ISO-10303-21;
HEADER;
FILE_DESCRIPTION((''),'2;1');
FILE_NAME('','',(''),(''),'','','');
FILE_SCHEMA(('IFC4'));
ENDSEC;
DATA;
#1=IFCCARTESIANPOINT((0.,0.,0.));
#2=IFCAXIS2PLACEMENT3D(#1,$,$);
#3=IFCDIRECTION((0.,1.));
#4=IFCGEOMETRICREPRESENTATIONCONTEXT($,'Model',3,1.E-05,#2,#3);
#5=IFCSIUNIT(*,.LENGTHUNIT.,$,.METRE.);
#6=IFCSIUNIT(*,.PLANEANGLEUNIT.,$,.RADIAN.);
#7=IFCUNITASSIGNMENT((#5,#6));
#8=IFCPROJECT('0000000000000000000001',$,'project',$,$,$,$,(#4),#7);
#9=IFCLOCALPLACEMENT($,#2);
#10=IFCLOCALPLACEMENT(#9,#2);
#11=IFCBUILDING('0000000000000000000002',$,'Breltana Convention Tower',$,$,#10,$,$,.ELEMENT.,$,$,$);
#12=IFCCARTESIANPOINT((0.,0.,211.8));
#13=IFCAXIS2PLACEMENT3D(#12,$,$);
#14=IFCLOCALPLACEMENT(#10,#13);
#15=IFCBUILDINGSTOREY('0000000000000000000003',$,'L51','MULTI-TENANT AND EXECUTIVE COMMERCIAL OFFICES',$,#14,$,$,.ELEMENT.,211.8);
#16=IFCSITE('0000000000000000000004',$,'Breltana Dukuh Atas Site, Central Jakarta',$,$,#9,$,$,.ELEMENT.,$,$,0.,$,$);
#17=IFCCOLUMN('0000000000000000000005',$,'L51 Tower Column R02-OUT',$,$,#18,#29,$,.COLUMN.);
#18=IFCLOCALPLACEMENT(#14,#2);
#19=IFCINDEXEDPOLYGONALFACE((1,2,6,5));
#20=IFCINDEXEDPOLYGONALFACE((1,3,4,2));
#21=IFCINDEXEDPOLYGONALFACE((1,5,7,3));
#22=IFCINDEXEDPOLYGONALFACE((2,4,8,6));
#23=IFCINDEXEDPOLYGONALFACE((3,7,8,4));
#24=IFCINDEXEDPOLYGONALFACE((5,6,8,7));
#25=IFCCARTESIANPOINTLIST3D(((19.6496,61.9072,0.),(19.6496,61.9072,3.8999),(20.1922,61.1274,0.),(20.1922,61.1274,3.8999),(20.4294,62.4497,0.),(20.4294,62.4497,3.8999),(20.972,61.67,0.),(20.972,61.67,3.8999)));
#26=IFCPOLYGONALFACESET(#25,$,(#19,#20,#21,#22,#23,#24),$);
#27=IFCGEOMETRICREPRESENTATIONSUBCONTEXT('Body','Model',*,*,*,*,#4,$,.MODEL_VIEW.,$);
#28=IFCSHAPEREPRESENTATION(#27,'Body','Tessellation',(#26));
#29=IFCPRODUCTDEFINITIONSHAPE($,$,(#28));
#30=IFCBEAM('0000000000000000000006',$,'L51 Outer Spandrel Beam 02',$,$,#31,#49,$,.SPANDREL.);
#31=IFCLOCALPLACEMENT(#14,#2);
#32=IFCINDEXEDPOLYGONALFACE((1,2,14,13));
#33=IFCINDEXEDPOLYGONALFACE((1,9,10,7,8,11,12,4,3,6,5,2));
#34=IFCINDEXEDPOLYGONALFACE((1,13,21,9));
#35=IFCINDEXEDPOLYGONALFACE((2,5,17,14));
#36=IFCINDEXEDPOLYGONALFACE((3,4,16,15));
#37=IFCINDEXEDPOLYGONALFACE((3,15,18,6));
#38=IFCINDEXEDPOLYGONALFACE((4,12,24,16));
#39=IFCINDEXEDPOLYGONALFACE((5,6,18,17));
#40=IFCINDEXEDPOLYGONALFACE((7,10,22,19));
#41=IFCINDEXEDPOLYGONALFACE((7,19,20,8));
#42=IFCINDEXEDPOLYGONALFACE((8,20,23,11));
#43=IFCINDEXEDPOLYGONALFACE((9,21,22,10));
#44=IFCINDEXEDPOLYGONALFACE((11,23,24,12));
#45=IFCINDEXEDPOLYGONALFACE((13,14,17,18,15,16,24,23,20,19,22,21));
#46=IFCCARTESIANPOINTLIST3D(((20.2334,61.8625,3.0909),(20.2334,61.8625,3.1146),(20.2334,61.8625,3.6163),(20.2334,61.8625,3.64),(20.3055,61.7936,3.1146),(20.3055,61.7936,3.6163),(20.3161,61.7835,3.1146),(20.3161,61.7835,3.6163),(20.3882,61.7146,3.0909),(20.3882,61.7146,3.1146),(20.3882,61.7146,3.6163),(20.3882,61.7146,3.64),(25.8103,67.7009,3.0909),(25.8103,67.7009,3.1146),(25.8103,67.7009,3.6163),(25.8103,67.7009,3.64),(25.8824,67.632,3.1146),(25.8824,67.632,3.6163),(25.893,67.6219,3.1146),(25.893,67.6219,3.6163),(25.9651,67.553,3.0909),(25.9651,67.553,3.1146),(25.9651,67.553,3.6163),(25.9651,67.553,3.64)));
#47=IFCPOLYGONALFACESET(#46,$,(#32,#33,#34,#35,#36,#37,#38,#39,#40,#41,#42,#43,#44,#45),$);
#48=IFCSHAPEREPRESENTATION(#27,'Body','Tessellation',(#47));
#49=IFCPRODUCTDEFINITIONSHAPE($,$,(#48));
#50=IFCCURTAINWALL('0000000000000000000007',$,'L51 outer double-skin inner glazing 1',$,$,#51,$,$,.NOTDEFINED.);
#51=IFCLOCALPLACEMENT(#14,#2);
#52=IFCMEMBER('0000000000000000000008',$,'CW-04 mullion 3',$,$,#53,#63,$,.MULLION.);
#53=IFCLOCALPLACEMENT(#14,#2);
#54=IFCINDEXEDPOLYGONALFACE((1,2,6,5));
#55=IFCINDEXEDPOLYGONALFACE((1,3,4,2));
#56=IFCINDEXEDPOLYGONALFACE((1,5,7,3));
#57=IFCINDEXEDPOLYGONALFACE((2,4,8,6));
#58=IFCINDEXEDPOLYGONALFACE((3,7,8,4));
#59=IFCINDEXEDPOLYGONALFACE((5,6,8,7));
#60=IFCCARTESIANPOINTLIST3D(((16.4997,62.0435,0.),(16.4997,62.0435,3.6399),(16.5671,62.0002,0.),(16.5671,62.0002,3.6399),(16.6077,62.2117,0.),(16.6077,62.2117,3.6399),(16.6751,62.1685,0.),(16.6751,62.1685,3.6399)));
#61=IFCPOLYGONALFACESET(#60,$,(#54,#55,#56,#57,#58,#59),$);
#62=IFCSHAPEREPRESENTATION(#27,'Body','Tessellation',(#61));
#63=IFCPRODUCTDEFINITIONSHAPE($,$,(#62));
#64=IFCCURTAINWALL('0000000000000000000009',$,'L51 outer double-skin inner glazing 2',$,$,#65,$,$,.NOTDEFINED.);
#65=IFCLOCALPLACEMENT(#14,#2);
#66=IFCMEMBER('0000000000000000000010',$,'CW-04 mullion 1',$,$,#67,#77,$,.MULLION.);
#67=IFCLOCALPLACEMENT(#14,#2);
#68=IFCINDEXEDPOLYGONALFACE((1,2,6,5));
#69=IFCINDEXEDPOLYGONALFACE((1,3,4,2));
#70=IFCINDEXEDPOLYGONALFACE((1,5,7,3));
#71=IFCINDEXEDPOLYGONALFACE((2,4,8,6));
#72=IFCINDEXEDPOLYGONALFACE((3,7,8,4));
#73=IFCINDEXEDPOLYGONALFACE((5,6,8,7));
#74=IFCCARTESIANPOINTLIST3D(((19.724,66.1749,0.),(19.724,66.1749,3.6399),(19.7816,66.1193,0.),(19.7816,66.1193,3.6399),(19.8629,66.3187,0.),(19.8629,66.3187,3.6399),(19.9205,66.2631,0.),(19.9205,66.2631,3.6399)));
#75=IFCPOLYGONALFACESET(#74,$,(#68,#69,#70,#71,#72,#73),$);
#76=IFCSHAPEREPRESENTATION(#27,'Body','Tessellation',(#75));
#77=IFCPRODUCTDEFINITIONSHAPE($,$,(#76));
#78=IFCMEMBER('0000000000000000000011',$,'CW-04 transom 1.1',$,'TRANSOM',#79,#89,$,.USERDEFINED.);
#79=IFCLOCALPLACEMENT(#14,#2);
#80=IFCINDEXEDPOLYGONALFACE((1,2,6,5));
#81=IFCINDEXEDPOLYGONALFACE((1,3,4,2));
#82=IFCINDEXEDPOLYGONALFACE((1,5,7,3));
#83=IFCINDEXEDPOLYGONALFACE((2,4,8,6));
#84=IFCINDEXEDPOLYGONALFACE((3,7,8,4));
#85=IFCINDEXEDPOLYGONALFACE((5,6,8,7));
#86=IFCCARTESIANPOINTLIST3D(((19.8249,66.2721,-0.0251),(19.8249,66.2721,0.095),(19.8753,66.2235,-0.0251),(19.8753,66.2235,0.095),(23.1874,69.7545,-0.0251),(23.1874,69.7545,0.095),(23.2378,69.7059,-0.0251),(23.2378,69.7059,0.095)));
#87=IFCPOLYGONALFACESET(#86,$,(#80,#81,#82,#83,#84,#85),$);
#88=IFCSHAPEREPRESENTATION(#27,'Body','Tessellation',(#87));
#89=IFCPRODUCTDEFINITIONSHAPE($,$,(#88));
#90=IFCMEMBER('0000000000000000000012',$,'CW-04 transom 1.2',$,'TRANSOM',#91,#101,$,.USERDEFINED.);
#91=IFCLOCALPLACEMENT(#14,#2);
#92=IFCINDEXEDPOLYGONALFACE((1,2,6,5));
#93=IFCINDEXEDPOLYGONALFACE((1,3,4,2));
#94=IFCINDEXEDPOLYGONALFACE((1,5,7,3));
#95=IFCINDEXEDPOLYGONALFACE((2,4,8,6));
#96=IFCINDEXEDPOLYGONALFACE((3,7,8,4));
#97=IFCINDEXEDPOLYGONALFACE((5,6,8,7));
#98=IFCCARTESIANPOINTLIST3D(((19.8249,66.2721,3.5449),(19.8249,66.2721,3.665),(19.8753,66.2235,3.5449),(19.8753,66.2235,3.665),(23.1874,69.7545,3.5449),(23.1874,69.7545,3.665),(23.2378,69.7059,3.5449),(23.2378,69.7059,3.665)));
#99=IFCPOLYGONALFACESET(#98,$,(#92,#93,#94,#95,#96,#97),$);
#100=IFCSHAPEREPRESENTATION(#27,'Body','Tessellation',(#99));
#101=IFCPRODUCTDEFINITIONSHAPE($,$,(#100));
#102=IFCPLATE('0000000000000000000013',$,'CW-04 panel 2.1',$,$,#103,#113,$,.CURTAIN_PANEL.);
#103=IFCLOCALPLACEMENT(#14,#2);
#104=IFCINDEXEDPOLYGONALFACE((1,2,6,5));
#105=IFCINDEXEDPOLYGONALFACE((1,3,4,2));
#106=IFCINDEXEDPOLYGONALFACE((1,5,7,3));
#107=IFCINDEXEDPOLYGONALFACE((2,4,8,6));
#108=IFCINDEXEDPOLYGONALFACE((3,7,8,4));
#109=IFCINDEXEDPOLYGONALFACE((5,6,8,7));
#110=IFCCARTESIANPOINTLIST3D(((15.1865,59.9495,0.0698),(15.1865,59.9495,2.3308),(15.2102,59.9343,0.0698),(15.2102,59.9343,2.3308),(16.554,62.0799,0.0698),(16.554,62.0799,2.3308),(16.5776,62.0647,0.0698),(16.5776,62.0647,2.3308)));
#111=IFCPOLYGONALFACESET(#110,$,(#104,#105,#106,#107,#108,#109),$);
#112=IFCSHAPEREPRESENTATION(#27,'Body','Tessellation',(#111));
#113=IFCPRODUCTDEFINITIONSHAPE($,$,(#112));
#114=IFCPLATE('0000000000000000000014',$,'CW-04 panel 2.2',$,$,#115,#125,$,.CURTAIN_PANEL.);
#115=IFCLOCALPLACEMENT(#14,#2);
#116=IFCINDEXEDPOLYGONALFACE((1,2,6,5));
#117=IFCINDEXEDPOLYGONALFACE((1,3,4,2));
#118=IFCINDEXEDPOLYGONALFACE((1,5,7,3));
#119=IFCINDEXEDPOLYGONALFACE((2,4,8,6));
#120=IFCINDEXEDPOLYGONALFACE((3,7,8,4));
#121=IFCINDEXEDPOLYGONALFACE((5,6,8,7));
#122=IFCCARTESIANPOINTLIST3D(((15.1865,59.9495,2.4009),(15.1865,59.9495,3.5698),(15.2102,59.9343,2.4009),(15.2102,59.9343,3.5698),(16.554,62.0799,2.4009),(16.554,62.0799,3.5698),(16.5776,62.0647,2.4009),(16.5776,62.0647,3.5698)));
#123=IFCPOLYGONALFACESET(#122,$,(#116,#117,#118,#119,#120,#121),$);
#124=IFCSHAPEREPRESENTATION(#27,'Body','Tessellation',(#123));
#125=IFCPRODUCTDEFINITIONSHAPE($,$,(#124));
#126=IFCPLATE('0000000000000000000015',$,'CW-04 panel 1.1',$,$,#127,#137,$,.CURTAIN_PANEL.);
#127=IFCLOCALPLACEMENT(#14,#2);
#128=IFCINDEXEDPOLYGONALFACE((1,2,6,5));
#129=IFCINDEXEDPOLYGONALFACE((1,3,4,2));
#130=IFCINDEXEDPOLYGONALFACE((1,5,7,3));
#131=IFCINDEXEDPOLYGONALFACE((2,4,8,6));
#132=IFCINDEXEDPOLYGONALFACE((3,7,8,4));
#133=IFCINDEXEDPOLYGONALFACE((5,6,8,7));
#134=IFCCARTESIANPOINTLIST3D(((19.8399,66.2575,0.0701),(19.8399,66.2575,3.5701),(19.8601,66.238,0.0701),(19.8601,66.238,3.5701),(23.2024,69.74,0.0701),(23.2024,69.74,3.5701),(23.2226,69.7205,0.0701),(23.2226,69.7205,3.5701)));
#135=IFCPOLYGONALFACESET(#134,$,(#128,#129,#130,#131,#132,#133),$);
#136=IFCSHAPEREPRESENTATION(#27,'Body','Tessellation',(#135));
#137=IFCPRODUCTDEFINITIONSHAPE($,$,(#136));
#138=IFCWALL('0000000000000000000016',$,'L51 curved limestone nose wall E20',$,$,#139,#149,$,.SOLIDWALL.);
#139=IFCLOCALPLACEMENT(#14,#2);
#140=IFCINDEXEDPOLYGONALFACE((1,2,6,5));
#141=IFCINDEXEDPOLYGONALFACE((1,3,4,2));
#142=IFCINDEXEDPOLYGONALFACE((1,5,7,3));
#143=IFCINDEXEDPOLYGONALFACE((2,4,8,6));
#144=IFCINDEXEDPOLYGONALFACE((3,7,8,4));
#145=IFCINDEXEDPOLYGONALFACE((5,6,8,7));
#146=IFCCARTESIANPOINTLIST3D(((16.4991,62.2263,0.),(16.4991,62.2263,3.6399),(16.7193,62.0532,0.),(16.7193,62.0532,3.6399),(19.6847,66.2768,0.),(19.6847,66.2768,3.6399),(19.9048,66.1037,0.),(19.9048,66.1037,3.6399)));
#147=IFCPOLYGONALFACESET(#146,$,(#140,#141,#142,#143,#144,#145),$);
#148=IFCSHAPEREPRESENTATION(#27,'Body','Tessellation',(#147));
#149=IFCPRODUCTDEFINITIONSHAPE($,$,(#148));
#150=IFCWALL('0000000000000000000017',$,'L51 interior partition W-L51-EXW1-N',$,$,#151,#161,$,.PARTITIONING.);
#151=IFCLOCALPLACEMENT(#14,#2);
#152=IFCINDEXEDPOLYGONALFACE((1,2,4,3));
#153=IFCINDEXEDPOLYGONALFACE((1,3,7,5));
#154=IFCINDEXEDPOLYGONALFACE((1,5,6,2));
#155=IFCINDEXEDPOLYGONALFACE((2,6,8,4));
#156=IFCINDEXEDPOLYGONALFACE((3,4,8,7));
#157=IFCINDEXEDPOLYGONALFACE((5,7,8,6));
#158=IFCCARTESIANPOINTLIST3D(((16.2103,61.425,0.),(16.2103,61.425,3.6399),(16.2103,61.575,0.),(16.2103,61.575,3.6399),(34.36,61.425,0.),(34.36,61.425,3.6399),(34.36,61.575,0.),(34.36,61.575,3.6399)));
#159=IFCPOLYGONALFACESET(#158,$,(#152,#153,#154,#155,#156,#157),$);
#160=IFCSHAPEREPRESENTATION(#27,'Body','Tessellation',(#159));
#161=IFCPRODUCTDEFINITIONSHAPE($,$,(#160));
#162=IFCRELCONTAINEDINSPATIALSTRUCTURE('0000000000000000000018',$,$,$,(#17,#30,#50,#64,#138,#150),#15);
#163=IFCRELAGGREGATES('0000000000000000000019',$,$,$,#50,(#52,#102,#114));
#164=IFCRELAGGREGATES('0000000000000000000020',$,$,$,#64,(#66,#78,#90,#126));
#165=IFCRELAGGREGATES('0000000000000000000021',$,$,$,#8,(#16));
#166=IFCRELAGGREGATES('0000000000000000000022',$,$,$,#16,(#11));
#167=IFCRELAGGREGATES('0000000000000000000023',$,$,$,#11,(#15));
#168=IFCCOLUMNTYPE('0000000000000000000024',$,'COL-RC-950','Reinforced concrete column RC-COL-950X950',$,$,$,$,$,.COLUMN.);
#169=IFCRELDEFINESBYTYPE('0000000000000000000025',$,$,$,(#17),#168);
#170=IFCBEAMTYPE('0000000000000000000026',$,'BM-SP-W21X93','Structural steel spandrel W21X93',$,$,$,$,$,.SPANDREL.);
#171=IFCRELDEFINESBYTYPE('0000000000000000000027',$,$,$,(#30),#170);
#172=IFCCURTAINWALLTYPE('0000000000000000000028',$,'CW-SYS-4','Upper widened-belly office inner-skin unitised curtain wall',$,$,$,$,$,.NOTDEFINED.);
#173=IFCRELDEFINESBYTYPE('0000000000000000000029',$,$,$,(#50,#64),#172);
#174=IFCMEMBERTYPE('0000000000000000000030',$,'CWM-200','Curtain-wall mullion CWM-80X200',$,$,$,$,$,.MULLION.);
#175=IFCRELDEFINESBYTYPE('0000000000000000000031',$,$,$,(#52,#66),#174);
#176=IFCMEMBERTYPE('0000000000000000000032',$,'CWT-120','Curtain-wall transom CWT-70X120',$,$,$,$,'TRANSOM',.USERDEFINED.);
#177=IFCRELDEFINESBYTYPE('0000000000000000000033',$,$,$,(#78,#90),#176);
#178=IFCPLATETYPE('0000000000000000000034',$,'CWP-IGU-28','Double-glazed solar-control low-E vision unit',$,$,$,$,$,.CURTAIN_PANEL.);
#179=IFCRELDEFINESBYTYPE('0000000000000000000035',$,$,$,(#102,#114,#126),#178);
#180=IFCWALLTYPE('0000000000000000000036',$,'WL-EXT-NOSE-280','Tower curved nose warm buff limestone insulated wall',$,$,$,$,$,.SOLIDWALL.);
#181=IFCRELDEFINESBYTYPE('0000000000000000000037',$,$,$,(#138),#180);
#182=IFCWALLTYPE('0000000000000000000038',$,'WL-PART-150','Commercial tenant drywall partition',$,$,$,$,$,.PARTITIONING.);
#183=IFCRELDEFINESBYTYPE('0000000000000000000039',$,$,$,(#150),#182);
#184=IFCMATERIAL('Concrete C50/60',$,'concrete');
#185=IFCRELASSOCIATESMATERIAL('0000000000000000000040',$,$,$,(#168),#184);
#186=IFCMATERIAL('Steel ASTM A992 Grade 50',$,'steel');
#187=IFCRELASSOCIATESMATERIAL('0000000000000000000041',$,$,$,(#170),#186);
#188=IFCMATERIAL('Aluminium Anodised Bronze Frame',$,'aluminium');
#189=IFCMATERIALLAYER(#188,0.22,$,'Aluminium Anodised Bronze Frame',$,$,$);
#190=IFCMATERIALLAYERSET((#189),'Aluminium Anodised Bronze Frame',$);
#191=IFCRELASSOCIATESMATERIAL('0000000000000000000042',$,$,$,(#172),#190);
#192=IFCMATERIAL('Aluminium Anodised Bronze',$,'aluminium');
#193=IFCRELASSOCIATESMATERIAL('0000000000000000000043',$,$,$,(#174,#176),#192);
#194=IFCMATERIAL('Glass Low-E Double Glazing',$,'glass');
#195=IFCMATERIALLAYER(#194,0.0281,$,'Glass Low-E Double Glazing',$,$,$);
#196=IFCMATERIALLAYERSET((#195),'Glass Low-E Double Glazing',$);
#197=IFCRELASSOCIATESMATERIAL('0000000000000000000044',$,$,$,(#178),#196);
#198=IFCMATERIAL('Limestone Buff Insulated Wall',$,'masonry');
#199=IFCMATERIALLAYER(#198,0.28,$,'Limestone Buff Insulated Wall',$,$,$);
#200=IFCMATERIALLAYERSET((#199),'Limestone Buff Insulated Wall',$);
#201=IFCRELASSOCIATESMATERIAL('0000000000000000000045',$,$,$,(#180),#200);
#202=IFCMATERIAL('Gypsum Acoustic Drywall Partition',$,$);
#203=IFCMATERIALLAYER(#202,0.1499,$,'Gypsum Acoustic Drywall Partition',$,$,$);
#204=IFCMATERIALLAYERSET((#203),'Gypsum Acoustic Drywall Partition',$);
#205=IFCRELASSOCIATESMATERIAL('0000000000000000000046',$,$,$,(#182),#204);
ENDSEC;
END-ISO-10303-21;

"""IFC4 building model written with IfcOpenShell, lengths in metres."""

from ifc_helpers import new_model, si_unit, direction, frame, frame_2d, origin, origin_2d, place, context, subcontext, project, spatial, rectangle, i_section, extrude, source, transform, mapped, material, layer, layer_set, material_profile, profile_set, type_object, element, aggregate, save


model = new_model("IFC4")

# Units and contexts
model_context = context("Model", 3, precision=1e-05, world=origin(), true_north=direction((0.0, 1.0)))
body_context = subcontext(model_context, "Body", "Model", "MODEL_VIEW")
ifc_project = project(units=[si_unit("LENGTHUNIT", "METRE"), si_unit("PLANEANGLEUNIT", "RADIAN")], contexts=[model_context])

# Site, building, storey
site_placement = place(None, origin())
site = spatial("IfcSite", under=ifc_project, at=site_placement, Name="Breltana Dukuh Atas Site, Central Jakarta", CompositionType="ELEMENT", RefElevation=0.0)
building_placement = place(site_placement, origin())
building = spatial("IfcBuilding", under=site, at=building_placement, Name="Breltana Convention Tower", CompositionType="ELEMENT")
storey_placement = place(building_placement, frame((0.0, 0.0, 211.8)))
storey = spatial("IfcBuildingStorey", under=building, at=storey_placement, Name="L51", Description="MULTI-TENANT AND EXECUTIVE COMMERCIAL OFFICES", CompositionType="ELEMENT", Elevation=211.8)

# Column
ifc_material_1 = material(Name="Concrete C50/60", Category="concrete")
ifc_material_profile_1 = material_profile(ifc_material_1, rectangle(XDim=0.95, YDim=0.95, at=origin_2d()), Name="RC-COL-950X950")
ifc_profile_set_1 = profile_set([ifc_material_profile_1], Name="Concrete C50/60")
column_type = type_object("IfcColumnType", Name="COL-RC-950", Description="Reinforced concrete column RC-COL-950X950", PredefinedType="COLUMN", material=ifc_profile_set_1)
shared_shape_1 = source(origin(), body_context, "Body", "SweptSolid", [
    extrude(rectangle(XDim=0.95, YDim=0.95, at=origin_2d()), origin(), (0.0, 0.0, 1.0), 3.8999),
])
column_placement = place(storey_placement, frame((20.3108, 61.7886, 0.0), z_axis=(0.0, 0.0, 1.0), x_axis=(-0.571143, 0.82085, 0.0)))
element("IfcColumn", 1, at=column_placement, inside=storey, type_object=column_type, Name="L51 Tower Column R02-OUT", PredefinedType="COLUMN", context=body_context, shape_type="MappedRepresentation", body=[
    mapped(shared_shape_1, transform((0.0, 0.0, 0.0), scale=1.0)),
])

# Beam
ifc_material_2 = material(Name="Steel ASTM A992 Grade 50", Category="steel")
ifc_material_profile_2 = material_profile(ifc_material_2, i_section(OverallWidth=0.2141, OverallDepth=0.5491, WebThickness=0.0146, FlangeThickness=0.0237, at=origin_2d()), Name="W21X93")
ifc_profile_set_2 = profile_set([ifc_material_profile_2], Name="Steel ASTM A992 Grade 50")
beam_type = type_object("IfcBeamType", Name="BM-SP-W21X93", Description="Structural steel spandrel W21X93", PredefinedType="SPANDREL", material=ifc_profile_set_2)
shared_shape_2 = source(origin(), body_context, "Body", "SweptSolid", [
    extrude(i_section(OverallWidth=0.2141, OverallDepth=0.5491, WebThickness=0.0146, FlangeThickness=0.0237, at=origin_2d()), origin(), (0.0, 0.0, 1.0), 8.074),
])
beam_placement = place(storey_placement, frame((20.3108, 61.7886, 3.3655), z_axis=(0.690729, 0.723114, 0.0), x_axis=(-0.723114, 0.690729, 0.0)))
element("IfcBeam", 2, at=beam_placement, inside=storey, type_object=beam_type, Name="L51 Outer Spandrel Beam 02", PredefinedType="SPANDREL", context=body_context, shape_type="MappedRepresentation", body=[
    mapped(shared_shape_2, transform((0.0, 0.0, 0.0), scale=1.0)),
])

# Curtain wall, member
ifc_material_3 = material(Name="Aluminium Anodised Bronze Frame", Category="aluminium")
ifc_layer_1 = layer(ifc_material_3, 0.22, Name="Aluminium Anodised Bronze Frame")
ifc_layer_set_1 = layer_set([ifc_layer_1], Name="Aluminium Anodised Bronze Frame")
curtain_wall_type = type_object("IfcCurtainWallType", Name="CW-SYS-4", Description="Upper widened-belly office inner-skin unitised curtain wall", PredefinedType="NOTDEFINED", material=ifc_layer_set_1)
curtain_wall_1_placement = place(storey_placement, origin())
curtain_wall_1 = element("IfcCurtainWall", 3, at=curtain_wall_1_placement, inside=storey, type_object=curtain_wall_type, Name="L51 outer double-skin inner glazing 1", PredefinedType="NOTDEFINED")
ifc_material_4 = material(Name="Aluminium Anodised Bronze", Category="aluminium")
ifc_material_profile_3 = material_profile(ifc_material_4, rectangle(XDim=0.0801, YDim=0.2, at=origin_2d()), Name="CWM-80X200")
ifc_profile_set_3 = profile_set([ifc_material_profile_3], Name="Aluminium Anodised Bronze")
member_type_1 = type_object("IfcMemberType", Name="CWM-200", Description="Curtain-wall mullion CWM-80X200", PredefinedType="MULLION", material=ifc_profile_set_3)
shared_shape_3 = source(origin(), body_context, "Body", "SweptSolid", [
    extrude(rectangle(XDim=0.0801, YDim=0.2, at=origin_2d()), origin(), (0.0, 0.0, 1.0), 3.6399),
])
member_1_placement = place(storey_placement, frame((16.5874, 62.106, 0.0), z_axis=(0.0, 0.0, 1.0), x_axis=(-0.841548, 0.540182, 0.0)))
member_1 = element("IfcMember", 4, at=member_1_placement, type_object=member_type_1, Name="CW-04 mullion 3", PredefinedType="MULLION", context=body_context, shape_type="MappedRepresentation", body=[
    mapped(shared_shape_3, transform((0.0, 0.0, 0.0), scale=1.0)),
])

# Curtain wall, members
curtain_wall_2_placement = place(storey_placement, origin())
curtain_wall_2 = element("IfcCurtainWall", 5, at=curtain_wall_2_placement, inside=storey, type_object=curtain_wall_type, Name="L51 outer double-skin inner glazing 2", PredefinedType="NOTDEFINED")
member_2_placement = place(storey_placement, frame((19.8223, 66.219, 0.0), z_axis=(0.0, 0.0, 1.0), x_axis=(-0.719396, 0.6946, 0.0)))
member_2 = element("IfcMember", 6, at=member_2_placement, type_object=member_type_1, Name="CW-04 mullion 1", PredefinedType="MULLION", context=body_context, shape_type="MappedRepresentation", body=[
    mapped(shared_shape_3, transform((0.0, 0.0, 0.0), scale=1.0)),
])
ifc_material_profile_4 = material_profile(ifc_material_4, rectangle(XDim=0.0701, YDim=0.1201, at=origin_2d()), Name="CWT-70X120")
ifc_profile_set_4 = profile_set([ifc_material_profile_4], Name="Aluminium Anodised Bronze")
member_type_2 = type_object("IfcMemberType", Name="CWT-120", Description="Curtain-wall transom CWT-70X120", ElementType="TRANSOM", PredefinedType="USERDEFINED", material=ifc_profile_set_4)
shared_shape_4 = source(origin(), body_context, "Body", "SweptSolid", [
    extrude(rectangle(XDim=0.0701, YDim=0.1201, at=origin_2d()), origin(), (0.0, 0.0, 1.0), 4.8408),
])
member_3_placement = place(storey_placement, frame((19.8501, 66.2478, 0.0349), z_axis=(0.694617, 0.71938, 0.0), x_axis=(-0.71938, 0.694617, 0.0)))
member_3 = element("IfcMember", 7, at=member_3_placement, type_object=member_type_2, Name="CW-04 transom 1.1", ObjectType="TRANSOM", PredefinedType="USERDEFINED", context=body_context, shape_type="MappedRepresentation", body=[
    mapped(shared_shape_4, transform((0.0, 0.0, 0.0), scale=1.0)),
])
member_4_placement = place(storey_placement, frame((19.8501, 66.2478, 3.605), z_axis=(0.694617, 0.71938, 0.0), x_axis=(-0.71938, 0.694617, 0.0)))
member_4 = element("IfcMember", 8, at=member_4_placement, type_object=member_type_2, Name="CW-04 transom 1.2", ObjectType="TRANSOM", PredefinedType="USERDEFINED", context=body_context, shape_type="MappedRepresentation", body=[
    mapped(shared_shape_4, transform((0.0, 0.0, 0.0), scale=1.0)),
])

# Plates
ifc_material_5 = material(Name="Glass Low-E Double Glazing", Category="glass")
ifc_layer_2 = layer(ifc_material_5, 0.0281, Name="Glass Low-E Double Glazing")
ifc_layer_set_2 = layer_set([ifc_layer_2], Name="Glass Low-E Double Glazing")
plate_type = type_object("IfcPlateType", Name="CWP-IGU-28", Description="Double-glazed solar-control low-E vision unit", PredefinedType="CURTAIN_PANEL", material=ifc_layer_set_2)
shared_shape_5 = source(origin(), body_context, "Body", "SweptSolid", [
    extrude(rectangle(XDim=2.5315, YDim=0.0281, at=origin_2d()), origin(), (0.0, 0.0, 1.0), 2.261),
])
plate_1_placement = place(storey_placement, frame((15.8821, 61.0071, 0.0698), z_axis=(0.0, 0.0, 1.0), x_axis=(0.540182, 0.841548, 0.0)))
plate_1 = element("IfcPlate", 9, at=plate_1_placement, type_object=plate_type, Name="CW-04 panel 2.1", PredefinedType="CURTAIN_PANEL", context=body_context, shape_type="MappedRepresentation", body=[
    mapped(shared_shape_5, transform((0.0, 0.0, 0.0), scale=1.0)),
])
shared_shape_6 = source(origin(), body_context, "Body", "SweptSolid", [
    extrude(rectangle(XDim=2.5315, YDim=0.0281, at=origin_2d()), origin(), (0.0, 0.0, 1.0), 1.1689),
])
plate_2_placement = place(storey_placement, frame((15.8821, 61.0071, 2.4009), z_axis=(0.0, 0.0, 1.0), x_axis=(0.540182, 0.841548, 0.0)))
plate_2 = element("IfcPlate", 10, at=plate_2_placement, type_object=plate_type, Name="CW-04 panel 2.2", PredefinedType="CURTAIN_PANEL", context=body_context, shape_type="MappedRepresentation", body=[
    mapped(shared_shape_6, transform((0.0, 0.0, 0.0), scale=1.0)),
])
aggregate(curtain_wall_1, [member_1, plate_1, plate_2])
shared_shape_7 = source(origin(), body_context, "Body", "SweptSolid", [
    extrude(rectangle(XDim=4.8408, YDim=0.0281, at=origin_2d()), origin(), (0.0, 0.0, 1.0), 3.5),
])
plate_3_placement = place(storey_placement, frame((21.5312, 67.989, 0.0701), z_axis=(0.0, 0.0, 1.0), x_axis=(0.6946, 0.719396, 0.0)))
plate_3 = element("IfcPlate", 11, at=plate_3_placement, type_object=plate_type, Name="CW-04 panel 1.1", PredefinedType="CURTAIN_PANEL", context=body_context, shape_type="MappedRepresentation", body=[
    mapped(shared_shape_7, transform((0.0, 0.0, 0.0), scale=1.0)),
])
aggregate(curtain_wall_2, [member_2, member_3, member_4, plate_3])

# Walls
ifc_material_6 = material(Name="Limestone Buff Insulated Wall", Category="masonry")
ifc_layer_3 = layer(ifc_material_6, 0.28, Name="Limestone Buff Insulated Wall")
ifc_layer_set_3 = layer_set([ifc_layer_3], Name="Limestone Buff Insulated Wall")
wall_type_1 = type_object("IfcWallType", Name="WL-EXT-NOSE-280", Description="Tower curved nose warm buff limestone insulated wall", PredefinedType="SOLIDWALL", material=ifc_layer_set_3)
shared_shape_8 = source(origin(), body_context, "Body", "SweptSolid", [
    extrude(rectangle(XDim=5.1531, YDim=0.28, at=frame_2d((2.5767, 0.0))), origin(), (0.0, 0.0, 1.0), 3.6399),
])
wall_1_placement = place(storey_placement, frame((16.6091, 62.1396, 0.0), z_axis=(0.0, 0.0, 1.0), x_axis=(0.618179, 0.786037, 0.0)))
element("IfcWall", 12, at=wall_1_placement, inside=storey, type_object=wall_type_1, Name="L51 curved limestone nose wall E20", PredefinedType="SOLIDWALL", context=body_context, shape_type="MappedRepresentation", body=[
    mapped(shared_shape_8, transform((0.0, 0.0, 0.0), scale=1.0)),
])
ifc_material_7 = material(Name="Gypsum Acoustic Drywall Partition")
ifc_layer_4 = layer(ifc_material_7, 0.1499, Name="Gypsum Acoustic Drywall Partition")
ifc_layer_set_4 = layer_set([ifc_layer_4], Name="Gypsum Acoustic Drywall Partition")
wall_type_2 = type_object("IfcWallType", Name="WL-PART-150", Description="Commercial tenant drywall partition", PredefinedType="PARTITIONING", material=ifc_layer_set_4)
shared_shape_9 = source(origin(), body_context, "Body", "SweptSolid", [
    extrude(rectangle(XDim=18.1497, YDim=0.1499, at=frame_2d((9.0747, 0.0))), origin(), (0.0, 0.0, 1.0), 3.6399),
])
wall_2_placement = place(storey_placement, frame((16.2104, 61.5, 0.0), z_axis=(0.0, 0.0, 1.0), x_axis=(1.0, 0.0, 0.0)))
element("IfcWall", 13, at=wall_2_placement, inside=storey, type_object=wall_type_2, Name="L51 interior partition W-L51-EXW1-N", PredefinedType="PARTITIONING", context=body_context, shape_type="MappedRepresentation", body=[
    mapped(shared_shape_9, transform((0.0, 0.0, 0.0), scale=1.0)),
])

save(model, "model.ifc")
